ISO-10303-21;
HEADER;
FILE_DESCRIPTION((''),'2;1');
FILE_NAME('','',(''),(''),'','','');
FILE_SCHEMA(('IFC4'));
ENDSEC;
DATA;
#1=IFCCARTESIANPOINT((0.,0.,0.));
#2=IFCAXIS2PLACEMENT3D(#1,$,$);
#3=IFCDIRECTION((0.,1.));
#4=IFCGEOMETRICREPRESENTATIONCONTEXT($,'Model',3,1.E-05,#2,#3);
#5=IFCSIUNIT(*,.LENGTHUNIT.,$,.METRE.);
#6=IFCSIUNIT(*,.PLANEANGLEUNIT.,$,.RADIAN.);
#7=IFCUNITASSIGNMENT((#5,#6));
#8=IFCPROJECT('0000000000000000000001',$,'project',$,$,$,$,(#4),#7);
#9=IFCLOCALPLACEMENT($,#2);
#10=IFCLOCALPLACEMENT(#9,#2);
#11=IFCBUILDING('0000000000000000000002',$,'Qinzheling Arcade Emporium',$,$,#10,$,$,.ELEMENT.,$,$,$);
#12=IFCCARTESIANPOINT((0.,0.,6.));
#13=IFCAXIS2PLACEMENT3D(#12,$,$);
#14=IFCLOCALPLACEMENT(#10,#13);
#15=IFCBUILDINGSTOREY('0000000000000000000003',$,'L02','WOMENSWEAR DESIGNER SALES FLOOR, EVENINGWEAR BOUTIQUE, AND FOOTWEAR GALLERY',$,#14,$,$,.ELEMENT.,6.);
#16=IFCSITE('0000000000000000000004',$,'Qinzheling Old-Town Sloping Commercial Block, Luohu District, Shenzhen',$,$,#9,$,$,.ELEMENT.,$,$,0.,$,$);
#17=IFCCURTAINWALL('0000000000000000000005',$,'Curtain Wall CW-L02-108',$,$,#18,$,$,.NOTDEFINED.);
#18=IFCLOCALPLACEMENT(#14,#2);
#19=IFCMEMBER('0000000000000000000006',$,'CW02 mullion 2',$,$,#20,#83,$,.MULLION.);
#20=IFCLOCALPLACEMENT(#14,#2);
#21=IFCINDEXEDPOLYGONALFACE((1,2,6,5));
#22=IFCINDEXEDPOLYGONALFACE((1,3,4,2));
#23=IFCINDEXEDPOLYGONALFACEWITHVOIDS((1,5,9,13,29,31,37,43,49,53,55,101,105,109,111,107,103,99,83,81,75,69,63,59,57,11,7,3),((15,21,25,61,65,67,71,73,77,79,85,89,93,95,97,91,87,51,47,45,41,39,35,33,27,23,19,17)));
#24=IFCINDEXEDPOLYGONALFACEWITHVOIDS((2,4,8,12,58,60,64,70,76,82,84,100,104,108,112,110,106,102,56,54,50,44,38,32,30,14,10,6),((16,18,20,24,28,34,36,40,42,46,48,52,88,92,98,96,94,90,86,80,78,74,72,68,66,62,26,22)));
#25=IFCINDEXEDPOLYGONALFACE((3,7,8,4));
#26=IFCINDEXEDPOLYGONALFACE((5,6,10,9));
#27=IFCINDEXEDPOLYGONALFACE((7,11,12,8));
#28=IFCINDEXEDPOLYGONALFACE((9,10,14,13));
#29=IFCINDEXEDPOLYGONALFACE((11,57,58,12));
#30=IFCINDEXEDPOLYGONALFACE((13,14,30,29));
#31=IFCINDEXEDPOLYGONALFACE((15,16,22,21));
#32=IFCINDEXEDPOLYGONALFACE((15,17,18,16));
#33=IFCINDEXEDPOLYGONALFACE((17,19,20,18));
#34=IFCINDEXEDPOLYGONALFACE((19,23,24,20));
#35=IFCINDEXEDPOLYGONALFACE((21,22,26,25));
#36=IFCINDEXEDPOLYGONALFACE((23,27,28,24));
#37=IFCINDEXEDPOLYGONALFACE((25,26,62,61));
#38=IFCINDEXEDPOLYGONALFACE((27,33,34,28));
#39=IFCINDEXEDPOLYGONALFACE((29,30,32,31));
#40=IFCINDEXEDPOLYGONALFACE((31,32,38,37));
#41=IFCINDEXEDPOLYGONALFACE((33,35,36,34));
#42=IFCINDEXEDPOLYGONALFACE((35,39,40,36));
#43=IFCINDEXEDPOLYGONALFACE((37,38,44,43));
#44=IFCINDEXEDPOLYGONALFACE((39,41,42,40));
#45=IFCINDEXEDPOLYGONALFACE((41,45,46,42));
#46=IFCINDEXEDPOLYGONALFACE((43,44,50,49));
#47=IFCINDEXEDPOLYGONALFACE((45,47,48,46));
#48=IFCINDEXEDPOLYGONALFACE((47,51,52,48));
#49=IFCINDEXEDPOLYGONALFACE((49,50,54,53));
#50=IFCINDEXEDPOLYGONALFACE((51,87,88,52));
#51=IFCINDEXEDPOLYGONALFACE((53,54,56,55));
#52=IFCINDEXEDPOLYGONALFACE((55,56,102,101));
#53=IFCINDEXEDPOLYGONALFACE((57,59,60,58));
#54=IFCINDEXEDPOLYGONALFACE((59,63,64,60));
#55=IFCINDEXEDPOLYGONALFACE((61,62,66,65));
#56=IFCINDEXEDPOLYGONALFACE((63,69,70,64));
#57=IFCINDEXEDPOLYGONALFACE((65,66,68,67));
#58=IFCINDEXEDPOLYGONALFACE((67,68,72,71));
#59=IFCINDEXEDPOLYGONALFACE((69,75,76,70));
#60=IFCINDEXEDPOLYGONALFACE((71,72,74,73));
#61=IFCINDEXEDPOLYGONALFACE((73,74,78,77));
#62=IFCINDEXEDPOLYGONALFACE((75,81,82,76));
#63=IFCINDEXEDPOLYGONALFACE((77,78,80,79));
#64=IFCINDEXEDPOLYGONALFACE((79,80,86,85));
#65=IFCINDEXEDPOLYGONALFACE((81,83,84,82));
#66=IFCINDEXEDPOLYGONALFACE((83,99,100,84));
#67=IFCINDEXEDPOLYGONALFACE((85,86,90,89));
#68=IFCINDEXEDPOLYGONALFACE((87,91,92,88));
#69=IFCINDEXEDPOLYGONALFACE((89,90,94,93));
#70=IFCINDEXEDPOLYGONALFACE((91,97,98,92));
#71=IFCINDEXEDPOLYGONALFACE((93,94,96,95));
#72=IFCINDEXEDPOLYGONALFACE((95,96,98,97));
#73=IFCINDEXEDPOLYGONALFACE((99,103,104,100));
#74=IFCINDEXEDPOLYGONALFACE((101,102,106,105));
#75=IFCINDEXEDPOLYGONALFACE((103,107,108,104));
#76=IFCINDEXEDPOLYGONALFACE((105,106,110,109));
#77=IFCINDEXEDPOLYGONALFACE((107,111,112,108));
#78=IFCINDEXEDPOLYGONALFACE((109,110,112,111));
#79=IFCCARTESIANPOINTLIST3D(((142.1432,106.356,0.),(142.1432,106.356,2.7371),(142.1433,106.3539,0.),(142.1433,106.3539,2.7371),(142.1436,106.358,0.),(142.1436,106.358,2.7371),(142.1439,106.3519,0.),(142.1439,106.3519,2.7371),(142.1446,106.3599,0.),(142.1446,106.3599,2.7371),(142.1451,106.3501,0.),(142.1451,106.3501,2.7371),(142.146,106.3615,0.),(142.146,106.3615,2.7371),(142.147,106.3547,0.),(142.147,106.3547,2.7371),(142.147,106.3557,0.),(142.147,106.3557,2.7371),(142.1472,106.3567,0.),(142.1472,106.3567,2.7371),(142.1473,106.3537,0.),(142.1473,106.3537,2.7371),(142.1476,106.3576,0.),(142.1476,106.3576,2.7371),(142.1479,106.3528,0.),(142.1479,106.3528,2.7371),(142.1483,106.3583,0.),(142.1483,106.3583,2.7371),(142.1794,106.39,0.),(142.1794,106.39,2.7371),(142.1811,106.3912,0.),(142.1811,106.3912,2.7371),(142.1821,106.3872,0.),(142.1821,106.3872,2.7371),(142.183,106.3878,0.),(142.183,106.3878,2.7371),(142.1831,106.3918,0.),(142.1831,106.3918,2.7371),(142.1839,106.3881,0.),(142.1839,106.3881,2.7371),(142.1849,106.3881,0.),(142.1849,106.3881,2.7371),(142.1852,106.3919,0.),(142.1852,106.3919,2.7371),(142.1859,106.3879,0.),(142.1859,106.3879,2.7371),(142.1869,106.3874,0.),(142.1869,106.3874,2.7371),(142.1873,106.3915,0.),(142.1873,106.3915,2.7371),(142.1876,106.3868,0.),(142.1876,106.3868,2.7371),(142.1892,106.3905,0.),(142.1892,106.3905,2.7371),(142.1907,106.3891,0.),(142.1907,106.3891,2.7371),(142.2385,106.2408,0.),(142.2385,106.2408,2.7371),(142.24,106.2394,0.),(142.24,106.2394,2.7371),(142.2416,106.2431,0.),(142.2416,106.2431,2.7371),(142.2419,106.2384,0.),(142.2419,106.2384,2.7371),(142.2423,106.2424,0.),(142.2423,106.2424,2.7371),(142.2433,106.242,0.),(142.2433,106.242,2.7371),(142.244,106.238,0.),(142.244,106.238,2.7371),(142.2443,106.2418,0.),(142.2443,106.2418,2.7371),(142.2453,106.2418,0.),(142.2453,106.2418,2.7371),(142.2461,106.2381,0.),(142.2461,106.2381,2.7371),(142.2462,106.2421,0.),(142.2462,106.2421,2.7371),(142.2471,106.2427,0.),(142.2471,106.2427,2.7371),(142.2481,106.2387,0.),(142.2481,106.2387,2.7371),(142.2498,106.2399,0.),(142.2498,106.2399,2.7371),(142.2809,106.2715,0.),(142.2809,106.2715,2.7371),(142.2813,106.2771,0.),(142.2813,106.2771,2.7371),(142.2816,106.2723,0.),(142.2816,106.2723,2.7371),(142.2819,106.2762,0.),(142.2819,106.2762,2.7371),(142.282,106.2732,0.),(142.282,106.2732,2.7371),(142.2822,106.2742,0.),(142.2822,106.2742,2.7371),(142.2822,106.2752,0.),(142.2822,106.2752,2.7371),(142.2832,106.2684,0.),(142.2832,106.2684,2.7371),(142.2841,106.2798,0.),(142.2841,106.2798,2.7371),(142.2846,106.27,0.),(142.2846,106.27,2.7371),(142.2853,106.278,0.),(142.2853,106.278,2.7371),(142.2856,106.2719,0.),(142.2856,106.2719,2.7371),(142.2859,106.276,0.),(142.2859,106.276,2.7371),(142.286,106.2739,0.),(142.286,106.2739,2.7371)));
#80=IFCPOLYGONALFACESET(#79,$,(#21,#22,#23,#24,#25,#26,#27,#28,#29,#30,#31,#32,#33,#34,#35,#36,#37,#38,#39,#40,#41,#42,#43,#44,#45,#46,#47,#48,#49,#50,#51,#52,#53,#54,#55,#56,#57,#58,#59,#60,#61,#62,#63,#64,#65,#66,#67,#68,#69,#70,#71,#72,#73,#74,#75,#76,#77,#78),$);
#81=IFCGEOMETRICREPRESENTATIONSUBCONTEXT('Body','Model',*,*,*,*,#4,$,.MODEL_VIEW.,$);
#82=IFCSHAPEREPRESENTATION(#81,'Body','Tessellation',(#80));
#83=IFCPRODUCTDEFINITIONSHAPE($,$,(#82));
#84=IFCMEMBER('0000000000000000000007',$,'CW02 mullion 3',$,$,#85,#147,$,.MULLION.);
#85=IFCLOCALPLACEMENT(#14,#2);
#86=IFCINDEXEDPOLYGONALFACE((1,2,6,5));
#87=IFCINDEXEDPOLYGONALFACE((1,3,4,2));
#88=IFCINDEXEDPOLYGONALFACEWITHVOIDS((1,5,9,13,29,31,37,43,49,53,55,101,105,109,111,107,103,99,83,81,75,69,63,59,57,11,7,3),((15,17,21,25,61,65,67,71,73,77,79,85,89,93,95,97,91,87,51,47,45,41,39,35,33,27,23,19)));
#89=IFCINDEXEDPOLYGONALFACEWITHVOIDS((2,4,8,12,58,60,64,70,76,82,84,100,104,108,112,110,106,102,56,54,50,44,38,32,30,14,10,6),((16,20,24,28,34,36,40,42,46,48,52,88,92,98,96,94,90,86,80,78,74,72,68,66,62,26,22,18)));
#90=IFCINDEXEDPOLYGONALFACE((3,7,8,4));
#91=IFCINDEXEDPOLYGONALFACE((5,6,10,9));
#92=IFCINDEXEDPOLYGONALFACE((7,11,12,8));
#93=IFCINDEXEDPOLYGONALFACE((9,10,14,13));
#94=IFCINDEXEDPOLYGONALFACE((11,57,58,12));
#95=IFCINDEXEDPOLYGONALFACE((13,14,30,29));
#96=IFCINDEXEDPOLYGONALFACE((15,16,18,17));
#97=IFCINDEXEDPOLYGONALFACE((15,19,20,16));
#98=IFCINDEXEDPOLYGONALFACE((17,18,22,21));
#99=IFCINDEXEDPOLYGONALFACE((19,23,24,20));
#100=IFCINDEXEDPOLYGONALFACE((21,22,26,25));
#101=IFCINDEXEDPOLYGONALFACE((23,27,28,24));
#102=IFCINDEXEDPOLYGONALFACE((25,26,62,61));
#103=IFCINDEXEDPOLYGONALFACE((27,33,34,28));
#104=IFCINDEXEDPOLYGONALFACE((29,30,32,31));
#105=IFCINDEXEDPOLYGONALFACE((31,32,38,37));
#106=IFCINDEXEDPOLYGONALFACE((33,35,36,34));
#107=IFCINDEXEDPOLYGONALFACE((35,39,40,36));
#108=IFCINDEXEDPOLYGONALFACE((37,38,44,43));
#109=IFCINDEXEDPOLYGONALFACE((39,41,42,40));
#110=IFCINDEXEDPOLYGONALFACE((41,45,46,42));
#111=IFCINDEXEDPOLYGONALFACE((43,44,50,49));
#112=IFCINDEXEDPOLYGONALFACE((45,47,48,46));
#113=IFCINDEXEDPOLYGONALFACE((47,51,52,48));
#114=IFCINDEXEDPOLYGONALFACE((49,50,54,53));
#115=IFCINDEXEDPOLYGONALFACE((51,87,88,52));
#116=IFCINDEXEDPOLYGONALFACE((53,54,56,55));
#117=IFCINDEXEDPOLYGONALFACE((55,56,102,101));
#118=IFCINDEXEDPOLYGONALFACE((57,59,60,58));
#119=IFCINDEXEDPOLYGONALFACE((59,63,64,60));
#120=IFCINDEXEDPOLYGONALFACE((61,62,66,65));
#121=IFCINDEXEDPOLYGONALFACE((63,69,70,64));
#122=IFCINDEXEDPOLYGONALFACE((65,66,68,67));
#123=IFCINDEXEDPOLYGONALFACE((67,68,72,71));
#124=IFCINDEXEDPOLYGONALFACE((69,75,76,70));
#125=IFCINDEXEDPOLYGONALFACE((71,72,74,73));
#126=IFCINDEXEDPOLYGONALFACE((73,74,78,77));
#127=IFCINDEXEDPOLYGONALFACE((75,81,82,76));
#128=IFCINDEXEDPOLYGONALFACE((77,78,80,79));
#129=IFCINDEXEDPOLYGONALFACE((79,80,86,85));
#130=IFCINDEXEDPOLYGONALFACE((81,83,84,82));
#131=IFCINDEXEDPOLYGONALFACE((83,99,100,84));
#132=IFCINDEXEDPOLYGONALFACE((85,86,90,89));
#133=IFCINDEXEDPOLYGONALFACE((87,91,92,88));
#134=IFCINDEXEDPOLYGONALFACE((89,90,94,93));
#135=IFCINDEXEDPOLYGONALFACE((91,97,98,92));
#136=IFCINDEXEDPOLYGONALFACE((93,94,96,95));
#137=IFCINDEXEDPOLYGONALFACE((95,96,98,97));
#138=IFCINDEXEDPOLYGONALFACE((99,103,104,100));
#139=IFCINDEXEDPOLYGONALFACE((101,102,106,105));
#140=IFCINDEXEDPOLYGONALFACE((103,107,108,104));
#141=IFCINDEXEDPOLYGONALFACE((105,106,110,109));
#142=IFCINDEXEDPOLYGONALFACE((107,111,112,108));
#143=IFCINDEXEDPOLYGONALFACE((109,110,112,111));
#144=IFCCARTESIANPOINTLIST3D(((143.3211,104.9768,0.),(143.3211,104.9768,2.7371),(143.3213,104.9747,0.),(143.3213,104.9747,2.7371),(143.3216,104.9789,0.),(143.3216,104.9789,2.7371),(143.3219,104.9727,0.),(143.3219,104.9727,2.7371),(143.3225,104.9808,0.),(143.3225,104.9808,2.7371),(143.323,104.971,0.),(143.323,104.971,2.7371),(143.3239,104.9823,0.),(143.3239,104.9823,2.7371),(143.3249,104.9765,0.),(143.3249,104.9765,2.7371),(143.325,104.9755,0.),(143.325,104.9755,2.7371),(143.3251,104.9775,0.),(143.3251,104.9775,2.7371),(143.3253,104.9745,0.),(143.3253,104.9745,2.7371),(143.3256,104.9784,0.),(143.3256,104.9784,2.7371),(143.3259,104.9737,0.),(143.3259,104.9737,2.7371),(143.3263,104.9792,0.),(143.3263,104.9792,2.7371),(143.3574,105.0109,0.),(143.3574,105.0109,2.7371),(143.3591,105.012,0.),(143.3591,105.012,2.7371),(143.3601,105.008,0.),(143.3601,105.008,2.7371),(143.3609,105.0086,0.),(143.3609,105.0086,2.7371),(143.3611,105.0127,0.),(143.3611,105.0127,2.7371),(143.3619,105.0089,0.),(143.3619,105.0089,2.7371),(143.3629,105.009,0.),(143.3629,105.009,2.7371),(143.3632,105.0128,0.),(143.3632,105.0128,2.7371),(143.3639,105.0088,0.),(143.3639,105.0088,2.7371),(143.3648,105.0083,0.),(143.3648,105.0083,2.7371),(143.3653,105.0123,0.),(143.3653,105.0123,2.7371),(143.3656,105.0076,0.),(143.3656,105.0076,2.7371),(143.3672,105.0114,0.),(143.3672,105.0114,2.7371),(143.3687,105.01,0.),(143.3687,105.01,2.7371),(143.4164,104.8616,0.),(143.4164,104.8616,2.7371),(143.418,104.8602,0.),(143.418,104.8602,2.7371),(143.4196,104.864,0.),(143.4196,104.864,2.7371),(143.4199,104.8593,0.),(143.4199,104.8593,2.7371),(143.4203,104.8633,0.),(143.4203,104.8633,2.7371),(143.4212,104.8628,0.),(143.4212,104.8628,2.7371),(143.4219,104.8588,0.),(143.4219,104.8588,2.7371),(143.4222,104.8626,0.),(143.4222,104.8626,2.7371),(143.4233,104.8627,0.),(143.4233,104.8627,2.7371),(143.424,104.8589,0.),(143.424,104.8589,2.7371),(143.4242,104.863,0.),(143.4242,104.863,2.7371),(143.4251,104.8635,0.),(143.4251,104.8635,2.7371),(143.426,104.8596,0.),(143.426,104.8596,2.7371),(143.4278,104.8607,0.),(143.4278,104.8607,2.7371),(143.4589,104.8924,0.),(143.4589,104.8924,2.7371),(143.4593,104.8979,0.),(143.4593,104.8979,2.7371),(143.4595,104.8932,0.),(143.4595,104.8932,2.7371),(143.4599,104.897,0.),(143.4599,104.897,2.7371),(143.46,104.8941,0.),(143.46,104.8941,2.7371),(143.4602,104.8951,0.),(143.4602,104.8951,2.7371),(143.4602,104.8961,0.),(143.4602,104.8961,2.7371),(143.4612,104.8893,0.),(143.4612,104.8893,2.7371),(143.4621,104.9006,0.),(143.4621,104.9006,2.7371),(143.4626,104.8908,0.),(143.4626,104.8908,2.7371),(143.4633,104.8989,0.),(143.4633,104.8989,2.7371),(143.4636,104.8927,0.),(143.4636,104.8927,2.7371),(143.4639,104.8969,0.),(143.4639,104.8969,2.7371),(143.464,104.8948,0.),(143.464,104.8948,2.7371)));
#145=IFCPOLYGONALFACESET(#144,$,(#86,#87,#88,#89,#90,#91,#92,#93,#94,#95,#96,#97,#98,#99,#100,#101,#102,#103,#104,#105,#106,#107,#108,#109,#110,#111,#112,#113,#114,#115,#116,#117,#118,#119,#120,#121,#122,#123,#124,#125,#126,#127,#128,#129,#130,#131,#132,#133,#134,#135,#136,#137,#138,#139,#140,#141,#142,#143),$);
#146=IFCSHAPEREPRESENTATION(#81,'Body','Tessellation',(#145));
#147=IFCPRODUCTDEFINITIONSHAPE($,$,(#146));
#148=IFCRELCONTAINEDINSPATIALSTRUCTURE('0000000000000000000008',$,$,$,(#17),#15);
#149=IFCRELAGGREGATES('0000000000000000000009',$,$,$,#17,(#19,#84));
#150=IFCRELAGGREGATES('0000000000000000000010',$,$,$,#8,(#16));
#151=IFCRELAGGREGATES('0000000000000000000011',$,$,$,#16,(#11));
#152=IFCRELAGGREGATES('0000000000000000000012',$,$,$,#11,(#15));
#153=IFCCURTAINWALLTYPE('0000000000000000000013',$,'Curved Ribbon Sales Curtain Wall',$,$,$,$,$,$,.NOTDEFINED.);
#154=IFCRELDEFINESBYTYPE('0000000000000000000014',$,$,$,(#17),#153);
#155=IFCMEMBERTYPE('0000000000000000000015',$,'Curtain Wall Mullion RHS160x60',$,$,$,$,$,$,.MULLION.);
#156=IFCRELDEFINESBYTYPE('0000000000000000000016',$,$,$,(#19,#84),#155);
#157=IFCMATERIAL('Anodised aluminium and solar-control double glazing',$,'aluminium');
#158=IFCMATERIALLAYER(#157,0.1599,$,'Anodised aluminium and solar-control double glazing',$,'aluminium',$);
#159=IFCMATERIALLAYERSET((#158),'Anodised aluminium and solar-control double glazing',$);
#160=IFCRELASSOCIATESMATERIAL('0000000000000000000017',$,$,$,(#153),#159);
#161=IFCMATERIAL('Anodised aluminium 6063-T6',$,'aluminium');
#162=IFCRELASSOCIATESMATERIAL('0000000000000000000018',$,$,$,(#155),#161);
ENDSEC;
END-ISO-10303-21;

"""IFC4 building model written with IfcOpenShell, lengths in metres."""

from ifc_helpers import new_model, si_unit, direction, frame, origin, origin_2d, place, context, subcontext, project, spatial, hollow_rectangle, extrude, material, layer, layer_set, material_profile, profile_set, type_object, element, aggregate, save


model = new_model("IFC4")

# Units and contexts
model_context = context("Model", 3, precision=1e-05, world=origin(), true_north=direction((0.0, 1.0)))
body_context = subcontext(model_context, "Body", "Model", "MODEL_VIEW")
ifc_project = project(units=[si_unit("LENGTHUNIT", "METRE"), si_unit("PLANEANGLEUNIT", "RADIAN")], contexts=[model_context])

# Site, building, storey
site_placement = place(None, origin())
site = spatial("IfcSite", under=ifc_project, at=site_placement, Name="Qinzheling Old-Town Sloping Commercial Block, Luohu District, Shenzhen", CompositionType="ELEMENT", RefElevation=0.0)
building_placement = place(site_placement, origin())
building = spatial("IfcBuilding", under=site, at=building_placement, Name="Qinzheling Arcade Emporium", CompositionType="ELEMENT")
storey_placement = place(building_placement, frame((0.0, 0.0, 6.0)))
storey = spatial("IfcBuildingStorey", under=building, at=storey_placement, Name="L02", Description="WOMENSWEAR DESIGNER SALES FLOOR, EVENINGWEAR BOUTIQUE, AND FOOTWEAR GALLERY", CompositionType="ELEMENT", Elevation=6.0)

# Shared definitions
ifc_material_1 = material(Name="Anodised aluminium and solar-control double glazing", Category="aluminium")
ifc_layer_1 = layer(ifc_material_1, 0.1599, Name="Anodised aluminium and solar-control double glazing", Category="aluminium")
ifc_layer_set_1 = layer_set([ifc_layer_1], Name="Anodised aluminium and solar-control double glazing")
curtain_wall_type = type_object("IfcCurtainWallType", Name="Curved Ribbon Sales Curtain Wall", PredefinedType="NOTDEFINED", material=ifc_layer_set_1)
ifc_material_2 = material(Name="Anodised aluminium 6063-T6", Category="aluminium")
ifc_material_profile_1 = material_profile(ifc_material_2, hollow_rectangle(XDim=0.0601, YDim=0.1599, WallThickness=0.0039, InnerFilletRadius=0.0039, OuterFilletRadius=0.0081, at=origin_2d()), Name="RHS 160x60x4", Category="aluminium")
ifc_profile_set_1 = profile_set([ifc_material_profile_1], Name="Anodised aluminium 6063-T6")
member_type_1 = type_object("IfcMemberType", Name="Curtain Wall Mullion RHS160x60", PredefinedType="MULLION", material=ifc_profile_set_1)

# Curtain wall, members
curtain_wall_1_placement = place(storey_placement, origin())
curtain_wall_1 = element("IfcCurtainWall", 1, at=curtain_wall_1_placement, inside=storey, type_object=curtain_wall_type, Name="Curtain Wall CW-L02-108", PredefinedType="NOTDEFINED")
member_1_placement = place(storey_placement, frame((142.2146, 106.3149, 0.0), z_axis=(0.0, 0.0, 1.0), x_axis=(0.760385, 0.649473, 0.0)))
member_1 = element("IfcMember", 2, at=member_1_placement, type_object=member_type_1, Name="CW02 mullion 2", PredefinedType="MULLION", context=body_context, shape_type="SweptSolid", body=[
    extrude(hollow_rectangle(XDim=0.0601, YDim=0.1599, WallThickness=0.0039, InnerFilletRadius=0.0039, OuterFilletRadius=0.0081, at=origin_2d()), origin(), (0.0, 0.0, 1.0), 2.7371),
])
member_2_placement = place(storey_placement, frame((143.3926, 104.9358, 0.0), z_axis=(0.0, 0.0, 1.0), x_axis=(0.760385, 0.649473, 0.0)))
member_2 = element("IfcMember", 3, at=member_2_placement, type_object=member_type_1, Name="CW02 mullion 3", PredefinedType="MULLION", context=body_context, shape_type="SweptSolid", body=[
    extrude(hollow_rectangle(XDim=0.0601, YDim=0.1599, WallThickness=0.0039, InnerFilletRadius=0.0039, OuterFilletRadius=0.0081, at=origin_2d()), origin(), (0.0, 0.0, 1.0), 2.7371),
])

aggregate(curtain_wall_1, [member_1, member_2])

save(model, "model.ifc")
